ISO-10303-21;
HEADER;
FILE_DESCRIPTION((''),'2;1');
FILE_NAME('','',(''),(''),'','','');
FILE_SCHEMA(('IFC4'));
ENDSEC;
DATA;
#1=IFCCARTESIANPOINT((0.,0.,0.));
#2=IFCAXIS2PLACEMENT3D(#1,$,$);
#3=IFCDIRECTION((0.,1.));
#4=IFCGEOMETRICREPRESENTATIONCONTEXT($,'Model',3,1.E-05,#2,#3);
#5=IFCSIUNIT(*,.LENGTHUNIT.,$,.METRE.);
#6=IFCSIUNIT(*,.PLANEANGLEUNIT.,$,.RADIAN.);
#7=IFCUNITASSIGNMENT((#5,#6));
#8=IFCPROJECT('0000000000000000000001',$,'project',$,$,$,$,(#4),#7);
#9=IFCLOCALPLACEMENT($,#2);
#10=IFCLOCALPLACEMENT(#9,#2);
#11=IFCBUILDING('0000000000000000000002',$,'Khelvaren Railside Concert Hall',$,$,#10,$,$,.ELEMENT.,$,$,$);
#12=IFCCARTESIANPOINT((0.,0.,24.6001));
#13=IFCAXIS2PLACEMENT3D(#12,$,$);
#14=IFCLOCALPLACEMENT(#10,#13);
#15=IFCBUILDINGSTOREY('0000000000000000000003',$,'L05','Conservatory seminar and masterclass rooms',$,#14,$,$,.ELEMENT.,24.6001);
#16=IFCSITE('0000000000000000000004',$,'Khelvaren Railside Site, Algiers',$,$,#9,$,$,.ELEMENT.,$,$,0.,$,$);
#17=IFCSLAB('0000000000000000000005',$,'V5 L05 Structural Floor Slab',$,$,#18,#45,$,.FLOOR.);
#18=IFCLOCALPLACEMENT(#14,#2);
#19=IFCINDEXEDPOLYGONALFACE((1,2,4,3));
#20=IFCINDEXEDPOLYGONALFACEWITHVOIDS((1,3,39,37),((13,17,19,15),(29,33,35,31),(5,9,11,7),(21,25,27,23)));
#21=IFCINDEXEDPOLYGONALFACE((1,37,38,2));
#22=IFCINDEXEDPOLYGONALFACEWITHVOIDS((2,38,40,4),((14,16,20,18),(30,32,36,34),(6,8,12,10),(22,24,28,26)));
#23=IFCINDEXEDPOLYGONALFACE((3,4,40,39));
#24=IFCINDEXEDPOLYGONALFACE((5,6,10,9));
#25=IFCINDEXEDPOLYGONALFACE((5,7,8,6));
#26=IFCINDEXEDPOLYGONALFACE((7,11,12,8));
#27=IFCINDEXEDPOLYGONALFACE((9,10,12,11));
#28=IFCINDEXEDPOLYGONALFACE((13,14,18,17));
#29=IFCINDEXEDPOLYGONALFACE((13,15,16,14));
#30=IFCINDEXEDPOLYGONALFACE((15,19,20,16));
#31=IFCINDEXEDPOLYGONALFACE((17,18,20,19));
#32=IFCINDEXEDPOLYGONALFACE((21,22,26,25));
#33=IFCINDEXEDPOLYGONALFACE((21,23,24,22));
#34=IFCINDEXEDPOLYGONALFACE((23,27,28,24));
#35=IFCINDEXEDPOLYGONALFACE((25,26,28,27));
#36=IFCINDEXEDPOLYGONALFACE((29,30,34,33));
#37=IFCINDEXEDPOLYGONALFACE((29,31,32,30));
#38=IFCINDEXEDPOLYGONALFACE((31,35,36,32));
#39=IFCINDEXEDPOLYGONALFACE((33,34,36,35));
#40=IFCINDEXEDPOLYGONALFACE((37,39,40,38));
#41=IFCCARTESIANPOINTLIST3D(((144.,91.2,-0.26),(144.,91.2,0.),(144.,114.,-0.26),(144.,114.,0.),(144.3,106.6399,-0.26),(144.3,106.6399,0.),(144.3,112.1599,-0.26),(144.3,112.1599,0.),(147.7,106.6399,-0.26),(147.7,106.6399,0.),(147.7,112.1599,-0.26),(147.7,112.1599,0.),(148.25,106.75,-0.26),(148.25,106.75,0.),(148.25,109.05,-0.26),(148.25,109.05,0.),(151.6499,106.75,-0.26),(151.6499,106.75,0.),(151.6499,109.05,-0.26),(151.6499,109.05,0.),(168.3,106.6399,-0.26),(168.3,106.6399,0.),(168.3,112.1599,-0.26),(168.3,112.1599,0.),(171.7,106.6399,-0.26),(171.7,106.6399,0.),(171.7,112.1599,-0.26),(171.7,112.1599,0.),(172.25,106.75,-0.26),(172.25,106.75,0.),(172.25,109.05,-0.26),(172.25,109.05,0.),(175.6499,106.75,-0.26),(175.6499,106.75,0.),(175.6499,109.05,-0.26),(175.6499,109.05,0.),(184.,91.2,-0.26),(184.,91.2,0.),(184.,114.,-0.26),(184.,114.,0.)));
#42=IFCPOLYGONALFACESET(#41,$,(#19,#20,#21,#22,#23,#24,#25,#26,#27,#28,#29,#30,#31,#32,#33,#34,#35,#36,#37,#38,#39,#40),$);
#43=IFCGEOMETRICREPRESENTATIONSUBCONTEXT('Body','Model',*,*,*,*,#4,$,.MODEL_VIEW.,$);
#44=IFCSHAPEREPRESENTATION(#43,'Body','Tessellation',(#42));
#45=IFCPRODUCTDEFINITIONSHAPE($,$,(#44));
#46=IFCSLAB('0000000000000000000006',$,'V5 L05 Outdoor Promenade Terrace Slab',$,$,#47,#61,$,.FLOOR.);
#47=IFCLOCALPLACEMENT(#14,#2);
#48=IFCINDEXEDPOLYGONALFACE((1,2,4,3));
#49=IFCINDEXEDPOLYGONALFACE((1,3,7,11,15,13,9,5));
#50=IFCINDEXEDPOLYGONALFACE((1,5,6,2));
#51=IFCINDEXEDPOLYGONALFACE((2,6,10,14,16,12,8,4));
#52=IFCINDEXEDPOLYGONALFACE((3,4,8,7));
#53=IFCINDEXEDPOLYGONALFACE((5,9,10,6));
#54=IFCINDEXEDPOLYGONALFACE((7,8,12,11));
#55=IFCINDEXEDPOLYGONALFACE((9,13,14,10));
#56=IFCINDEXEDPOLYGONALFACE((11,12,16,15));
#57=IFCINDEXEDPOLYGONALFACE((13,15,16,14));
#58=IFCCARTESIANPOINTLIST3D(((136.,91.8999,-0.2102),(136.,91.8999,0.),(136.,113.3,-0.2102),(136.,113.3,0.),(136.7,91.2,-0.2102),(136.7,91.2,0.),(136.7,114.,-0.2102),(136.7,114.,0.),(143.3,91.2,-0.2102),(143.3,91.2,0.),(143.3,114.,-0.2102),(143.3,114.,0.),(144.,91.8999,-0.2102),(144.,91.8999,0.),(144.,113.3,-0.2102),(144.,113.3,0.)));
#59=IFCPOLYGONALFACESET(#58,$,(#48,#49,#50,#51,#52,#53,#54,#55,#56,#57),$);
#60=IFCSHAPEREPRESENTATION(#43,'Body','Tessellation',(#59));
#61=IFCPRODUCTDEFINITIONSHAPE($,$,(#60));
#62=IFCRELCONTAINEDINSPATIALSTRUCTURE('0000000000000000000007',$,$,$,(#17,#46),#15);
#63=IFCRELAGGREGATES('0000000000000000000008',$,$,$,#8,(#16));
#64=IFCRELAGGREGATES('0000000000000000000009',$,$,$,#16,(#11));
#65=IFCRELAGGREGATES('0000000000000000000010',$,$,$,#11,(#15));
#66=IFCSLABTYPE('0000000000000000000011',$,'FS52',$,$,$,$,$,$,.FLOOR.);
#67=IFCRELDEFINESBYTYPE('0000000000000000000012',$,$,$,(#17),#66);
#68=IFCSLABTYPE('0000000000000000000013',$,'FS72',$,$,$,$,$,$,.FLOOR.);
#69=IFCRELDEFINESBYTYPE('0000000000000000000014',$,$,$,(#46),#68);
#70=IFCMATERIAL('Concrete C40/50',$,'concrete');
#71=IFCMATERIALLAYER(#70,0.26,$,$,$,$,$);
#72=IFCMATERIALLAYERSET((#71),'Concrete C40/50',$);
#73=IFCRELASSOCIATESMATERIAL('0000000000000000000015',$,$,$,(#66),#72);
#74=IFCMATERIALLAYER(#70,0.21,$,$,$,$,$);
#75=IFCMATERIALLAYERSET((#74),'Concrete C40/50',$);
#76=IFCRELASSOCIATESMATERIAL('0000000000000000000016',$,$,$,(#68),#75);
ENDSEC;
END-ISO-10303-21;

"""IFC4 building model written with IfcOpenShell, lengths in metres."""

from ifc_helpers import new_model, si_unit, direction, frame, origin, place, context, subcontext, project, spatial, polyline, outline, extrude, material, layer, layer_set, type_object, element, save


model = new_model("IFC4")

# Units and contexts
model_context = context("Model", 3, precision=1e-05, world=origin(), true_north=direction((0.0, 1.0)))
body_context = subcontext(model_context, "Body", "Model", "MODEL_VIEW")
ifc_project = project(units=[si_unit("LENGTHUNIT", "METRE"), si_unit("PLANEANGLEUNIT", "RADIAN")], contexts=[model_context])

# Site, building, storey
site_placement = place(None, origin())
site = spatial("IfcSite", under=ifc_project, at=site_placement, Name="Khelvaren Railside Site, Algiers", CompositionType="ELEMENT", RefElevation=0.0)
building_placement = place(site_placement, origin())
building = spatial("IfcBuilding", under=site, at=building_placement, Name="Khelvaren Railside Concert Hall", CompositionType="ELEMENT")
storey_placement = place(building_placement, frame((0.0, 0.0, 24.6001)))
storey = spatial("IfcBuildingStorey", under=building, at=storey_placement, Name="L05", Description="Conservatory seminar and masterclass rooms", CompositionType="ELEMENT", Elevation=24.6001)

# Slabs
ifc_material_1 = material(Name="Concrete C40/50", Category="concrete")
ifc_layer_1 = layer(ifc_material_1, 0.26)
ifc_layer_set_1 = layer_set([ifc_layer_1], Name="Concrete C40/50")
slab_type_1 = type_object("IfcSlabType", Name="FS52", PredefinedType="FLOOR", material=ifc_layer_set_1)
slab_1_placement = place(storey_placement, frame((0.0, 0.0, -0.26)))
element("IfcSlab", 1, at=slab_1_placement, inside=storey, type_object=slab_type_1, Name="V5 L05 Structural Floor Slab", PredefinedType="FLOOR", context=body_context, shape_type="SweptSolid", body=[
    extrude(outline(polyline([(144.0, 91.2), (184.0, 91.2), (184.0, 114.0), (144.0, 114.0), (144.0, 91.2)]), holes=[polyline([(144.3, 112.1599), (144.3, 106.6399), (147.7, 106.6399), (147.7, 112.1599), (144.3, 112.1599)]), polyline([(148.25, 106.75), (151.6499, 106.75), (151.6499, 109.05), (148.25, 109.05), (148.25, 106.75)]), polyline([(168.3, 112.1599), (168.3, 106.6399), (171.7, 106.6399), (171.7, 112.1599), (168.3, 112.1599)]), polyline([(172.25, 106.75), (175.6499, 106.75), (175.6499, 109.05), (172.25, 109.05), (172.25, 106.75)])]), origin(), (0.0, 0.0, 1.0), 0.26),
])
ifc_layer_2 = layer(ifc_material_1, 0.21)
ifc_layer_set_2 = layer_set([ifc_layer_2], Name="Concrete C40/50")
slab_type_2 = type_object("IfcSlabType", Name="FS72", PredefinedType="FLOOR", material=ifc_layer_set_2)
slab_2_placement = place(storey_placement, frame((0.0, 0.0, -0.2102)))
element("IfcSlab", 2, at=slab_2_placement, inside=storey, type_object=slab_type_2, Name="V5 L05 Outdoor Promenade Terrace Slab", PredefinedType="FLOOR", context=body_context, shape_type="SweptSolid", body=[
    extrude(outline(polyline([(136.7, 91.2), (143.3, 91.2), (144.0, 91.8999), (144.0, 113.3), (143.3, 114.0), (136.7, 114.0), (136.0, 113.3), (136.0, 91.8999), (136.7, 91.2)])), origin(), (0.0, 0.0, 1.0), 0.2102),
])

save(model, "model.ifc")
